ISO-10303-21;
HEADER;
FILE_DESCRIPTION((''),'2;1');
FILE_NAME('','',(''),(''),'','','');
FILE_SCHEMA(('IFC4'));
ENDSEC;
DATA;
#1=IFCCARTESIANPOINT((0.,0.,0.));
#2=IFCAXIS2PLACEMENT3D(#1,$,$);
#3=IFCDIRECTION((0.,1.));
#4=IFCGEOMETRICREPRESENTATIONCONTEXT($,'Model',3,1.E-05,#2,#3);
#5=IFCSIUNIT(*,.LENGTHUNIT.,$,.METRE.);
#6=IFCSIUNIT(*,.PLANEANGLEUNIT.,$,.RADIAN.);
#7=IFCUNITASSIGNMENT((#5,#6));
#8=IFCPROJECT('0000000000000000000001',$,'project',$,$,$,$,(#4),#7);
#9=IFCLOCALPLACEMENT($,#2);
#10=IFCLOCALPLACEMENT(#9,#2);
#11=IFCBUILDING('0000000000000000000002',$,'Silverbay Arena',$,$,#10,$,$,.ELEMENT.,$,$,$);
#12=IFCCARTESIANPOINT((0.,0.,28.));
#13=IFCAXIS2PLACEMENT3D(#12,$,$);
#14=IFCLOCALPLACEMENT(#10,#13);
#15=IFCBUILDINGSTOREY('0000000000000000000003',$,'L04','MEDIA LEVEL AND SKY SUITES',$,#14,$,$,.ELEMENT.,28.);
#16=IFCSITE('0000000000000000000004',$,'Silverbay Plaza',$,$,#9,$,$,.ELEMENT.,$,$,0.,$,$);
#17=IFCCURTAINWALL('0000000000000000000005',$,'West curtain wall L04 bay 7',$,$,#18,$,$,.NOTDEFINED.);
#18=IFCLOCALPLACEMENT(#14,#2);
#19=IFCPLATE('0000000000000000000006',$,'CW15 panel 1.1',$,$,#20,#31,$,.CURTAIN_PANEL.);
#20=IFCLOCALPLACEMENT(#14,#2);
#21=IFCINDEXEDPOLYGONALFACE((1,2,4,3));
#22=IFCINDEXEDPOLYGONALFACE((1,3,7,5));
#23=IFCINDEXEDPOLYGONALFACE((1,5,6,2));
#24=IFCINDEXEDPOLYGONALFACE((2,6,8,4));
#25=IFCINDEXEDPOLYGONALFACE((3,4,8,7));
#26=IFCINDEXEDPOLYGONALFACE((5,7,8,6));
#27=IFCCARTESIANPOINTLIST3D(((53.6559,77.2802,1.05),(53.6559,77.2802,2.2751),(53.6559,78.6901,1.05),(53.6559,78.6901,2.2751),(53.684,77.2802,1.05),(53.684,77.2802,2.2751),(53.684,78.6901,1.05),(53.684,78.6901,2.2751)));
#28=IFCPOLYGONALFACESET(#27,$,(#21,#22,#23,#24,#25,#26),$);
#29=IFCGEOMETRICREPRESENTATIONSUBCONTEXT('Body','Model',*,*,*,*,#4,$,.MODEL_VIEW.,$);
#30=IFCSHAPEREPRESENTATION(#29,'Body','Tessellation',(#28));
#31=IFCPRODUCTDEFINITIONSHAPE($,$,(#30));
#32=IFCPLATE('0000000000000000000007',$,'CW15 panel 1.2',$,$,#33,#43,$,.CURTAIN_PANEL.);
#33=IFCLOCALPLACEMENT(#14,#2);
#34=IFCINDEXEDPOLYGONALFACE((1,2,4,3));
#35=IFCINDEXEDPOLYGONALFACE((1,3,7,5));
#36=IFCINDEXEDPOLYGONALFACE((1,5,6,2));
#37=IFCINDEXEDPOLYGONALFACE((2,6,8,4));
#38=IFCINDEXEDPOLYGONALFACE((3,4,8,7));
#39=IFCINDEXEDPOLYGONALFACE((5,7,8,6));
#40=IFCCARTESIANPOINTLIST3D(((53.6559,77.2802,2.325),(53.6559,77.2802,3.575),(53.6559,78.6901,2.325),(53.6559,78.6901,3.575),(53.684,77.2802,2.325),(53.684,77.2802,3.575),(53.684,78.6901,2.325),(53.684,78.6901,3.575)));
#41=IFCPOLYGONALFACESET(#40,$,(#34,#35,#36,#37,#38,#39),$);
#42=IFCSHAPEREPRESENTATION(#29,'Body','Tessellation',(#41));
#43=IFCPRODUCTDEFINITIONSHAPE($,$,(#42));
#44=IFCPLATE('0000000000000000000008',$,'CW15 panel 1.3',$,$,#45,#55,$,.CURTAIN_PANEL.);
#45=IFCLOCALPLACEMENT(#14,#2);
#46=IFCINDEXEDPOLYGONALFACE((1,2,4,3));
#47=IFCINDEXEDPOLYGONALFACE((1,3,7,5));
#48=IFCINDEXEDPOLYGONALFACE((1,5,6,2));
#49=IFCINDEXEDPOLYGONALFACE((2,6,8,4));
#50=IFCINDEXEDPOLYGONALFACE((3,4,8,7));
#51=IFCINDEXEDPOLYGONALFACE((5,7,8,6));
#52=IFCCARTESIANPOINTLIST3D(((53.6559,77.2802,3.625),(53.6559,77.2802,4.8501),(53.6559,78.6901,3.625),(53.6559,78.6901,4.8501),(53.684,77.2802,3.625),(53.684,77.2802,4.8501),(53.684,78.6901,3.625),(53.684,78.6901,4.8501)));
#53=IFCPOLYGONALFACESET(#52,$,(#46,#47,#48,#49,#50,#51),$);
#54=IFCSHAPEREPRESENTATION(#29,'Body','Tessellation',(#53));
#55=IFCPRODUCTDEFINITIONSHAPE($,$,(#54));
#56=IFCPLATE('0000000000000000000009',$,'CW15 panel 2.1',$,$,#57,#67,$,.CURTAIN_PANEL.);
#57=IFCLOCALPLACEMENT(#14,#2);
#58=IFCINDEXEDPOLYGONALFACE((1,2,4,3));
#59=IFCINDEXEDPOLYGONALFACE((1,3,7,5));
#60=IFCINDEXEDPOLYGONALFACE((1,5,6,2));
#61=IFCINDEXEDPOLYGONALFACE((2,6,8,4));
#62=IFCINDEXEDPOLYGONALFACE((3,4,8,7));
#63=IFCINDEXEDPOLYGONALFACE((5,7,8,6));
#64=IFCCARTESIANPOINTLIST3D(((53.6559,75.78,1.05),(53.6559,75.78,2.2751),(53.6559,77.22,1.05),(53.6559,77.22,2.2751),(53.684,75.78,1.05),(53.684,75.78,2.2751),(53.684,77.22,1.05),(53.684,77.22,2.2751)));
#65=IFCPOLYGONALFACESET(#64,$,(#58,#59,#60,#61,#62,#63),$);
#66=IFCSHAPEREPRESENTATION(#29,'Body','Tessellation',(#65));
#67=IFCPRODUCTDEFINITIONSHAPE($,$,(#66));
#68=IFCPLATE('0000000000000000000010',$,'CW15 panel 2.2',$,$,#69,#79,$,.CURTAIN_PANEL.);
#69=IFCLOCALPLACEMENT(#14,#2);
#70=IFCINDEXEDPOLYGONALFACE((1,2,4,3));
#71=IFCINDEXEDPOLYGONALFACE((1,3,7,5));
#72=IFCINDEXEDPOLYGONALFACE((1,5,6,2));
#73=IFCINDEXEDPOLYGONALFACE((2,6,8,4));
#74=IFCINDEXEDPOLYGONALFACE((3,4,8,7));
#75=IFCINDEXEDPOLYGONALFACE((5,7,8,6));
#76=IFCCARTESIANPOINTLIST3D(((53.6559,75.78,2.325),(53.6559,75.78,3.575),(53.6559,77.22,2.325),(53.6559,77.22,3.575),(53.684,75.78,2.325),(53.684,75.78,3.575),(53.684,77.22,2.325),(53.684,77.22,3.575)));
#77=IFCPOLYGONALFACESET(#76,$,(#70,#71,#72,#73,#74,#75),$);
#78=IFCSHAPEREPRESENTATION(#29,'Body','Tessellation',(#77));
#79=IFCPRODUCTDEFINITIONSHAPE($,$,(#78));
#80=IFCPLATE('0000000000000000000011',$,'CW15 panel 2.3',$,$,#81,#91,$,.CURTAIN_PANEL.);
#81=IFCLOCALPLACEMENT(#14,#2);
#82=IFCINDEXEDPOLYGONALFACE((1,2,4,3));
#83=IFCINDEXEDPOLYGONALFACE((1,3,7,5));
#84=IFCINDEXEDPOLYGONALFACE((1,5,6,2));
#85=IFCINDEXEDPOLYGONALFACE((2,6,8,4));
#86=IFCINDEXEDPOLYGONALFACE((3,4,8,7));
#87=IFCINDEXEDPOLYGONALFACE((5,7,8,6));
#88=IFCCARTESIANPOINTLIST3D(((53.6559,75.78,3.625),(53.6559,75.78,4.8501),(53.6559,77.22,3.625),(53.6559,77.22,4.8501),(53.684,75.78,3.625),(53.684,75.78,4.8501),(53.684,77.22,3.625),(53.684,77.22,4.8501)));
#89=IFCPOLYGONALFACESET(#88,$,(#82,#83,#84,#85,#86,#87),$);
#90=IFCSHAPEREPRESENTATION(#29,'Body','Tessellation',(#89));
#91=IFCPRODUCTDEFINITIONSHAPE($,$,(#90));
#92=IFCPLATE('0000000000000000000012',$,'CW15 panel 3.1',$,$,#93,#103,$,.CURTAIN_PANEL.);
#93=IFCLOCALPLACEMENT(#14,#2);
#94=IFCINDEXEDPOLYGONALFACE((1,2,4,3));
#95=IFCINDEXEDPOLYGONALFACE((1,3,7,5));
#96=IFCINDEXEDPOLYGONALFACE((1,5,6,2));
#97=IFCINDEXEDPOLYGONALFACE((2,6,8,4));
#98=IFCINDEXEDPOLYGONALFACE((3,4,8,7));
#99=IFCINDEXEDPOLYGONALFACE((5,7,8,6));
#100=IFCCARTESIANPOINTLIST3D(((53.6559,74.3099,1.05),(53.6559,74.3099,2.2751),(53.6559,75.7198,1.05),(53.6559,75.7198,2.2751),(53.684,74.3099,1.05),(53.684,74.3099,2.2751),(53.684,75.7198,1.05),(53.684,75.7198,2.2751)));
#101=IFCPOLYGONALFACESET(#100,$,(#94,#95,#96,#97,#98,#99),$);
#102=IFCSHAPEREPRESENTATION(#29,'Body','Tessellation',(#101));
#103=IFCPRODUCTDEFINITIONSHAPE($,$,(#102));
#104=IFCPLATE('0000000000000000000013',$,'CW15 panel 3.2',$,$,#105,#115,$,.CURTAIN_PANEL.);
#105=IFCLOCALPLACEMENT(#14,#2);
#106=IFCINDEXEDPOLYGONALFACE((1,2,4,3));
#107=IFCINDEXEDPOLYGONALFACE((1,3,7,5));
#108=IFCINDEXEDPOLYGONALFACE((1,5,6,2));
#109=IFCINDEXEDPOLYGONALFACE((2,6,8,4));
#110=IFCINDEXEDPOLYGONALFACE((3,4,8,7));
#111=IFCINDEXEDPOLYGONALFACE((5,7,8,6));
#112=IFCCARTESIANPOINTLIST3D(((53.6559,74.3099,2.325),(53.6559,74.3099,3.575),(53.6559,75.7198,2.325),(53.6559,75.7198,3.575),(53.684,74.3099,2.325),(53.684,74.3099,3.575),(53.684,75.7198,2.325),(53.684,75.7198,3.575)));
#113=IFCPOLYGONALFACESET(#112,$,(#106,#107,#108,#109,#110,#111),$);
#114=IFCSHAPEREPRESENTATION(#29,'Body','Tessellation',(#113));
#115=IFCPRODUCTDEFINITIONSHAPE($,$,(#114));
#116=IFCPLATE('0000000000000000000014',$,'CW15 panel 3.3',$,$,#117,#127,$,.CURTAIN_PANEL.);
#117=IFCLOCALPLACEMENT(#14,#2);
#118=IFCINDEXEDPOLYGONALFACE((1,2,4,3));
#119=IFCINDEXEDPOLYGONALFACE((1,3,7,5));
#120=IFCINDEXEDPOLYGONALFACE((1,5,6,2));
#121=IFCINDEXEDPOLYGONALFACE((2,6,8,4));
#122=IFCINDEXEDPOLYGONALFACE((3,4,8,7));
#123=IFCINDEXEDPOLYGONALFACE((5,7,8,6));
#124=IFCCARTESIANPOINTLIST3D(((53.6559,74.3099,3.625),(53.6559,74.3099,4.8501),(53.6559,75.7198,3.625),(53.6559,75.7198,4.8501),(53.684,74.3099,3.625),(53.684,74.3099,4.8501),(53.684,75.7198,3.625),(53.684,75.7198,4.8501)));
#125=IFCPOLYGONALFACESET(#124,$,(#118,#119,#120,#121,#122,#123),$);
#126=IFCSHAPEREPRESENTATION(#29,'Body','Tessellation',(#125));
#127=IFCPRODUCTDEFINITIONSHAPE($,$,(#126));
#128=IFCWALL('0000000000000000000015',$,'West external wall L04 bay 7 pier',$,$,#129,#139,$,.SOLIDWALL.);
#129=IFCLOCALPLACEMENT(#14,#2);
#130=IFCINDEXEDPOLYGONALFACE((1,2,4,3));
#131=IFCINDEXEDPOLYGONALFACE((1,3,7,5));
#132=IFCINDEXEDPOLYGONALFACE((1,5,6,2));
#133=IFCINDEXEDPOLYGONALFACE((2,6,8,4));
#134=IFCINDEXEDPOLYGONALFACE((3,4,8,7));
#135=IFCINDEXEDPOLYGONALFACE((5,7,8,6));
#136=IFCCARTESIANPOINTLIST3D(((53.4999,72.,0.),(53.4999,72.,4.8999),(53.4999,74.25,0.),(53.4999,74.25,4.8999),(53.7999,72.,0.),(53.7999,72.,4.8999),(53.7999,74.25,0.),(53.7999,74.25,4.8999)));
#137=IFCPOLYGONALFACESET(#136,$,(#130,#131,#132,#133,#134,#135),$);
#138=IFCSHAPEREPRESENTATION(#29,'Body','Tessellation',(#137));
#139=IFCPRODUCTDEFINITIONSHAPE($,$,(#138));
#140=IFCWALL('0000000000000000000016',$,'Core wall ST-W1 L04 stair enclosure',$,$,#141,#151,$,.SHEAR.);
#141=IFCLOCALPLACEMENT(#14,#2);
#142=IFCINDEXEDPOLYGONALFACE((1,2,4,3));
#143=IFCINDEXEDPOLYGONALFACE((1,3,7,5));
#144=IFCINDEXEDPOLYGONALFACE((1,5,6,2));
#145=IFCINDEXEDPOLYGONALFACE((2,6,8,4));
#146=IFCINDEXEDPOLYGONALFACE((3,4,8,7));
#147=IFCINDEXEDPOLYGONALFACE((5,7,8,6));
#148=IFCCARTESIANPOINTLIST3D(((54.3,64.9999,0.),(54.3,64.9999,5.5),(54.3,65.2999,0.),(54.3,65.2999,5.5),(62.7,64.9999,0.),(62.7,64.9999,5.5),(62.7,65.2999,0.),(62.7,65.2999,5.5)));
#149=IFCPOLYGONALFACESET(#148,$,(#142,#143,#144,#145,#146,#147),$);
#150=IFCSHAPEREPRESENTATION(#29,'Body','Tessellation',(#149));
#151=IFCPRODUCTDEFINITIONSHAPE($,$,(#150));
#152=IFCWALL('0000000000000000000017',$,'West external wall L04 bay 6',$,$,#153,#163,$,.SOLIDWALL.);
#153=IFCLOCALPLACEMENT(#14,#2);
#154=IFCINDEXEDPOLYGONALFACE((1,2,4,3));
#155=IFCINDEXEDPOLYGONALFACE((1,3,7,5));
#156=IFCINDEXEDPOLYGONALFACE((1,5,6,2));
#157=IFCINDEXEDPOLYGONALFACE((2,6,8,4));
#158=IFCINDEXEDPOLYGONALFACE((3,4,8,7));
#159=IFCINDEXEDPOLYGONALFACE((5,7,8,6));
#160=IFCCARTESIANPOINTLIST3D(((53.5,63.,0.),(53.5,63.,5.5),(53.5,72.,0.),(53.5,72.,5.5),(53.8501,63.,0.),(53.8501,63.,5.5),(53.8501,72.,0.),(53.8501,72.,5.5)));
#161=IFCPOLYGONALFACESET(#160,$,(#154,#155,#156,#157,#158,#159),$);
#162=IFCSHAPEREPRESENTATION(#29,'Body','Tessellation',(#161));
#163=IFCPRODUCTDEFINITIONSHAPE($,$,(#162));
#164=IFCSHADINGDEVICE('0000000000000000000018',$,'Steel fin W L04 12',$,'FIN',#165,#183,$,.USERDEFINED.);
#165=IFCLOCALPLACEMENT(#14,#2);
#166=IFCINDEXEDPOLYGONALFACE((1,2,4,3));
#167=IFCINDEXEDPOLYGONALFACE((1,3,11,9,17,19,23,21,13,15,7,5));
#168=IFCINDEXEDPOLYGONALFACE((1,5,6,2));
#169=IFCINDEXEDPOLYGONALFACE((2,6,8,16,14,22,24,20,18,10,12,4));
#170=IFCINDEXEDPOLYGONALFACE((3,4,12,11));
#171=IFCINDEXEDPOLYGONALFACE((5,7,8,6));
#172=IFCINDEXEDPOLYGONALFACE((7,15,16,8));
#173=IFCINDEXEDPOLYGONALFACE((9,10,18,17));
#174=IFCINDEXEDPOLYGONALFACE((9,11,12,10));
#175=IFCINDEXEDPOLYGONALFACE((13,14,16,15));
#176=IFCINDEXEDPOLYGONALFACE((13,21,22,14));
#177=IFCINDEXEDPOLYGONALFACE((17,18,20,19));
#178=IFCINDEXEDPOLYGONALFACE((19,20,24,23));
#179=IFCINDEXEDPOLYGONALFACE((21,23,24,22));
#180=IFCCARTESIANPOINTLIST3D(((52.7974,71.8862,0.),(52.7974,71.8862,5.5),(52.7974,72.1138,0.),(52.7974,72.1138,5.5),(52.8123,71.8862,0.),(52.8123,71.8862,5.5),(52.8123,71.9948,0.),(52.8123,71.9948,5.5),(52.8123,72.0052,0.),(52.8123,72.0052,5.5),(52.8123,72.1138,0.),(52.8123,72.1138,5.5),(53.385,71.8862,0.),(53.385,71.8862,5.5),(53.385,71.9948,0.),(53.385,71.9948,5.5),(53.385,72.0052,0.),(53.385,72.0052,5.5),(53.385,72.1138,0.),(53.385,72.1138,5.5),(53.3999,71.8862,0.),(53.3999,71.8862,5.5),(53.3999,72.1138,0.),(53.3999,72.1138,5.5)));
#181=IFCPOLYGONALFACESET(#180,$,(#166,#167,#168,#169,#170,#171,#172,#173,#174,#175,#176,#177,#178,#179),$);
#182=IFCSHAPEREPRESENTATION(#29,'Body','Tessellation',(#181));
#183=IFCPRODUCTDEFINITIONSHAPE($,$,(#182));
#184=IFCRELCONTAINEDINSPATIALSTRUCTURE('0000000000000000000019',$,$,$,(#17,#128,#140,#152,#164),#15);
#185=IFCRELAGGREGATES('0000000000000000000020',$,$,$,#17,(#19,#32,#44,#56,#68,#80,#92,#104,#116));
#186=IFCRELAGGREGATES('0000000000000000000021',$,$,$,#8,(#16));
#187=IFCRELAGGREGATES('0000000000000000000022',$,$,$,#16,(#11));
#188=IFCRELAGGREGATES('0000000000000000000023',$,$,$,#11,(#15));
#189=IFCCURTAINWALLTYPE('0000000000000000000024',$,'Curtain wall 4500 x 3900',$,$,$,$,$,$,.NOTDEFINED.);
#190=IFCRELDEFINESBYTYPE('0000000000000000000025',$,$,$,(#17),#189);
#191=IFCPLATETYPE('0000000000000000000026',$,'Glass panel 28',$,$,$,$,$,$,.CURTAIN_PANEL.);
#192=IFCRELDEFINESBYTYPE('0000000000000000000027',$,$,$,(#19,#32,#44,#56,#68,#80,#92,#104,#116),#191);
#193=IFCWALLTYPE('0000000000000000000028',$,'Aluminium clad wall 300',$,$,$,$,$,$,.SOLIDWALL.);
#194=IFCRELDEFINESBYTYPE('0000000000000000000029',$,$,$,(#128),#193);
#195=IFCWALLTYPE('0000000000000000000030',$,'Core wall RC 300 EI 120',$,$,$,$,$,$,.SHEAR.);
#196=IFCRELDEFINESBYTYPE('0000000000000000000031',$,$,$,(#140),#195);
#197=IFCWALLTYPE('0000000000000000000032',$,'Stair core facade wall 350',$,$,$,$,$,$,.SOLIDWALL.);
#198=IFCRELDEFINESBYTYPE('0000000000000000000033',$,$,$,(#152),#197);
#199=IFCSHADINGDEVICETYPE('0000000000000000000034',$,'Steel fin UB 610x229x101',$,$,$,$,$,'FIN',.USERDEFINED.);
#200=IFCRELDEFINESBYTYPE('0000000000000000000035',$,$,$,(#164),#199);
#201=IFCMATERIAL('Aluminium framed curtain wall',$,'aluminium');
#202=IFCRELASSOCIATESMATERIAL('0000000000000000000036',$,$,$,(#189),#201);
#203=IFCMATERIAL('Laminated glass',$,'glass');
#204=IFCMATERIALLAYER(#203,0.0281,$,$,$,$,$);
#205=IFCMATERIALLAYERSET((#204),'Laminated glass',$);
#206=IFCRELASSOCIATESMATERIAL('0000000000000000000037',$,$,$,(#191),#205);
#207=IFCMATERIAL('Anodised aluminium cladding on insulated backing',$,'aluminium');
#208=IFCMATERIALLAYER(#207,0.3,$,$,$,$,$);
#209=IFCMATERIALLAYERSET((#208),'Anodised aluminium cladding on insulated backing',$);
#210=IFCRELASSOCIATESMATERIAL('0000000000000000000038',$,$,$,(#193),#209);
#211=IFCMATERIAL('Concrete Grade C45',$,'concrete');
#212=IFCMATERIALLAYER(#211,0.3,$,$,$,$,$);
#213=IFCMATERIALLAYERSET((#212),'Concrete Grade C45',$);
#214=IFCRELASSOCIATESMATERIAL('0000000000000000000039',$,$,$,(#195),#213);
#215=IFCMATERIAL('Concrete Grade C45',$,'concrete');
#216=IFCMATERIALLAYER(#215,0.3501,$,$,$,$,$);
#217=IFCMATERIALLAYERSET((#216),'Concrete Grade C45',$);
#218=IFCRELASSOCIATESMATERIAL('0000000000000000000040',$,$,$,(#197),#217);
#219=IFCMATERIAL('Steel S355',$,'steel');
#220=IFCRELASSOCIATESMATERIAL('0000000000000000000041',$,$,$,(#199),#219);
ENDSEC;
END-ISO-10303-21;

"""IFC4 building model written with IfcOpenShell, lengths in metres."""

from ifc_helpers import new_model, si_unit, direction, frame, frame_2d, origin, origin_2d, place, context, subcontext, project, spatial, rectangle, i_section, extrude, material, layer, layer_set, material_profile, profile_set, type_object, element, aggregate, save


model = new_model("IFC4")

# Units and contexts
model_context = context("Model", 3, precision=1e-05, world=origin(), true_north=direction((0.0, 1.0)))
body_context = subcontext(model_context, "Body", "Model", "MODEL_VIEW")
ifc_project = project(units=[si_unit("LENGTHUNIT", "METRE"), si_unit("PLANEANGLEUNIT", "RADIAN")], contexts=[model_context])

# Site, building, storey
site_placement = place(None, origin())
site = spatial("IfcSite", under=ifc_project, at=site_placement, Name="Silverbay Plaza", CompositionType="ELEMENT", RefElevation=0.0)
building_placement = place(site_placement, origin())
building = spatial("IfcBuilding", under=site, at=building_placement, Name="Silverbay Arena", CompositionType="ELEMENT")
storey_placement = place(building_placement, frame((0.0, 0.0, 28.0)))
storey = spatial("IfcBuildingStorey", under=building, at=storey_placement, Name="L04", Description="MEDIA LEVEL AND SKY SUITES", CompositionType="ELEMENT", Elevation=28.0)

# Curtain wall
ifc_material_1 = material(Name="Aluminium framed curtain wall", Category="aluminium")
curtain_wall_type = type_object("IfcCurtainWallType", Name="Curtain wall 4500 x 3900", PredefinedType="NOTDEFINED", material=ifc_material_1)
curtain_wall_placement = place(storey_placement, origin())
curtain_wall = element("IfcCurtainWall", 1, at=curtain_wall_placement, inside=storey, type_object=curtain_wall_type, Name="West curtain wall L04 bay 7", PredefinedType="NOTDEFINED")

# Plates
ifc_material_2 = material(Name="Laminated glass", Category="glass")
ifc_layer_1 = layer(ifc_material_2, 0.0281)
ifc_layer_set_1 = layer_set([ifc_layer_1], Name="Laminated glass")
plate_type = type_object("IfcPlateType", Name="Glass panel 28", PredefinedType="CURTAIN_PANEL", material=ifc_layer_set_1)
plate_1_placement = place(storey_placement, frame((53.6699, 77.9851, 1.05), z_axis=(0.0, 0.0, 1.0), x_axis=(0.0, -1.0, 0.0)))
plate_1 = element("IfcPlate", 2, at=plate_1_placement, type_object=plate_type, Name="CW15 panel 1.1", PredefinedType="CURTAIN_PANEL", context=body_context, shape_type="SweptSolid", body=[
    extrude(rectangle(XDim=1.4099, YDim=0.0281, at=origin_2d()), origin(), (0.0, 0.0, 1.0), 1.2251),
])
plate_2_placement = place(storey_placement, frame((53.6699, 77.9851, 2.325), z_axis=(0.0, 0.0, 1.0), x_axis=(0.0, -1.0, 0.0)))
plate_2 = element("IfcPlate", 3, at=plate_2_placement, type_object=plate_type, Name="CW15 panel 1.2", PredefinedType="CURTAIN_PANEL", context=body_context, shape_type="SweptSolid", body=[
    extrude(rectangle(XDim=1.4099, YDim=0.0281, at=origin_2d()), origin(), (0.0, 0.0, 1.0), 1.25),
])
plate_3_placement = place(storey_placement, frame((53.6699, 77.9851, 3.625), z_axis=(0.0, 0.0, 1.0), x_axis=(0.0, -1.0, 0.0)))
plate_3 = element("IfcPlate", 4, at=plate_3_placement, type_object=plate_type, Name="CW15 panel 1.3", PredefinedType="CURTAIN_PANEL", context=body_context, shape_type="SweptSolid", body=[
    extrude(rectangle(XDim=1.4099, YDim=0.0281, at=origin_2d()), origin(), (0.0, 0.0, 1.0), 1.2251),
])
plate_4_placement = place(storey_placement, frame((53.6699, 76.5, 1.05), z_axis=(0.0, 0.0, 1.0), x_axis=(0.0, -1.0, 0.0)))
plate_4 = element("IfcPlate", 5, at=plate_4_placement, type_object=plate_type, Name="CW15 panel 2.1", PredefinedType="CURTAIN_PANEL", context=body_context, shape_type="SweptSolid", body=[
    extrude(rectangle(XDim=1.4399, YDim=0.0281, at=origin_2d()), origin(), (0.0, 0.0, 1.0), 1.2251),
])
plate_5_placement = place(storey_placement, frame((53.6699, 76.5, 2.325), z_axis=(0.0, 0.0, 1.0), x_axis=(0.0, -1.0, 0.0)))
plate_5 = element("IfcPlate", 6, at=plate_5_placement, type_object=plate_type, Name="CW15 panel 2.2", PredefinedType="CURTAIN_PANEL", context=body_context, shape_type="SweptSolid", body=[
    extrude(rectangle(XDim=1.4399, YDim=0.0281, at=origin_2d()), origin(), (0.0, 0.0, 1.0), 1.25),
])
plate_6_placement = place(storey_placement, frame((53.6699, 76.5, 3.625), z_axis=(0.0, 0.0, 1.0), x_axis=(0.0, -1.0, 0.0)))
plate_6 = element("IfcPlate", 7, at=plate_6_placement, type_object=plate_type, Name="CW15 panel 2.3", PredefinedType="CURTAIN_PANEL", context=body_context, shape_type="SweptSolid", body=[
    extrude(rectangle(XDim=1.4399, YDim=0.0281, at=origin_2d()), origin(), (0.0, 0.0, 1.0), 1.2251),
])
plate_7_placement = place(storey_placement, frame((53.6699, 75.0149, 1.05), z_axis=(0.0, 0.0, 1.0), x_axis=(0.0, -1.0, 0.0)))
plate_7 = element("IfcPlate", 8, at=plate_7_placement, type_object=plate_type, Name="CW15 panel 3.1", PredefinedType="CURTAIN_PANEL", context=body_context, shape_type="SweptSolid", body=[
    extrude(rectangle(XDim=1.4099, YDim=0.0281, at=origin_2d()), origin(), (0.0, 0.0, 1.0), 1.2251),
])
plate_8_placement = place(storey_placement, frame((53.6699, 75.0149, 2.325), z_axis=(0.0, 0.0, 1.0), x_axis=(0.0, -1.0, 0.0)))
plate_8 = element("IfcPlate", 9, at=plate_8_placement, type_object=plate_type, Name="CW15 panel 3.2", PredefinedType="CURTAIN_PANEL", context=body_context, shape_type="SweptSolid", body=[
    extrude(rectangle(XDim=1.4099, YDim=0.0281, at=origin_2d()), origin(), (0.0, 0.0, 1.0), 1.25),
])
plate_9_placement = place(storey_placement, frame((53.6699, 75.0149, 3.625), z_axis=(0.0, 0.0, 1.0), x_axis=(0.0, -1.0, 0.0)))
plate_9 = element("IfcPlate", 10, at=plate_9_placement, type_object=plate_type, Name="CW15 panel 3.3", PredefinedType="CURTAIN_PANEL", context=body_context, shape_type="SweptSolid", body=[
    extrude(rectangle(XDim=1.4099, YDim=0.0281, at=origin_2d()), origin(), (0.0, 0.0, 1.0), 1.2251),
])
aggregate(curtain_wall, [plate_1, plate_2, plate_3, plate_4, plate_5, plate_6, plate_7, plate_8, plate_9])

# Walls
ifc_material_3 = material(Name="Anodised aluminium cladding on insulated backing", Category="aluminium")
ifc_layer_2 = layer(ifc_material_3, 0.3)
ifc_layer_set_2 = layer_set([ifc_layer_2], Name="Anodised aluminium cladding on insulated backing")
wall_type_1 = type_object("IfcWallType", Name="Aluminium clad wall 300", PredefinedType="SOLIDWALL", material=ifc_layer_set_2)
wall_1_placement = place(storey_placement, frame((53.6499, 74.25, 0.0), z_axis=(0.0, 0.0, 1.0), x_axis=(0.0, -1.0, 0.0)))
element("IfcWall", 11, at=wall_1_placement, inside=storey, type_object=wall_type_1, Name="West external wall L04 bay 7 pier", PredefinedType="SOLIDWALL", context=body_context, shape_type="SweptSolid", body=[
    extrude(rectangle(XDim=2.25, YDim=0.3, at=frame_2d((1.125, 0.0))), origin(), (0.0, 0.0, 1.0), 4.8999),
])
ifc_material_4 = material(Name="Concrete Grade C45", Category="concrete")
ifc_layer_3 = layer(ifc_material_4, 0.3)
ifc_layer_set_3 = layer_set([ifc_layer_3], Name="Concrete Grade C45")
wall_type_2 = type_object("IfcWallType", Name="Core wall RC 300 EI 120", PredefinedType="SHEAR", material=ifc_layer_set_3)
wall_2_placement = place(storey_placement, frame((62.7, 65.1499, 0.0), z_axis=(0.0, 0.0, 1.0), x_axis=(-1.0, 0.0, 0.0)))
element("IfcWall", 12, at=wall_2_placement, inside=storey, type_object=wall_type_2, Name="Core wall ST-W1 L04 stair enclosure", PredefinedType="SHEAR", context=body_context, shape_type="SweptSolid", body=[
    extrude(rectangle(XDim=8.3999, YDim=0.3, at=frame_2d((4.2, 0.0))), origin(), (0.0, 0.0, 1.0), 5.5),
])
ifc_material_5 = material(Name="Concrete Grade C45", Category="concrete")
ifc_layer_4 = layer(ifc_material_5, 0.3501)
ifc_layer_set_4 = layer_set([ifc_layer_4], Name="Concrete Grade C45")
wall_type_3 = type_object("IfcWallType", Name="Stair core facade wall 350", PredefinedType="SOLIDWALL", material=ifc_layer_set_4)
wall_3_placement = place(storey_placement, frame((53.675, 72.0, 0.0), z_axis=(0.0, 0.0, 1.0), x_axis=(0.0, -1.0, 0.0)))
element("IfcWall", 13, at=wall_3_placement, inside=storey, type_object=wall_type_3, Name="West external wall L04 bay 6", PredefinedType="SOLIDWALL", context=body_context, shape_type="SweptSolid", body=[
    extrude(rectangle(XDim=9.0, YDim=0.3501, at=frame_2d((4.5, 0.0))), origin(), (0.0, 0.0, 1.0), 5.5),
])

# Shading device
ifc_material_6 = material(Name="Steel S355", Category="steel")
ifc_material_profile_1 = material_profile(ifc_material_6, i_section(OverallWidth=0.2275, OverallDepth=0.6025, WebThickness=0.0105, FlangeThickness=0.0149, at=origin_2d()), Name="UB 610x229x101")
ifc_profile_set_1 = profile_set([ifc_material_profile_1], Name="Steel S355")
shading_device_type = type_object("IfcShadingDeviceType", Name="Steel fin UB 610x229x101", ElementType="FIN", PredefinedType="USERDEFINED", material=ifc_profile_set_1)
shading_device_placement = place(storey_placement, frame((53.0986, 72.0, 0.0), z_axis=(0.0, 0.0, 1.0), x_axis=(0.0, 1.0, 0.0)))
element("IfcShadingDevice", 14, at=shading_device_placement, inside=storey, type_object=shading_device_type, Name="Steel fin W L04 12", ObjectType="FIN", PredefinedType="USERDEFINED", context=body_context, shape_type="SweptSolid", body=[
    extrude(i_section(OverallWidth=0.2275, OverallDepth=0.6025, WebThickness=0.0105, FlangeThickness=0.0149, at=origin_2d()), origin(), (0.0, 0.0, 1.0), 5.5),
])

save(model, "model.ifc")
